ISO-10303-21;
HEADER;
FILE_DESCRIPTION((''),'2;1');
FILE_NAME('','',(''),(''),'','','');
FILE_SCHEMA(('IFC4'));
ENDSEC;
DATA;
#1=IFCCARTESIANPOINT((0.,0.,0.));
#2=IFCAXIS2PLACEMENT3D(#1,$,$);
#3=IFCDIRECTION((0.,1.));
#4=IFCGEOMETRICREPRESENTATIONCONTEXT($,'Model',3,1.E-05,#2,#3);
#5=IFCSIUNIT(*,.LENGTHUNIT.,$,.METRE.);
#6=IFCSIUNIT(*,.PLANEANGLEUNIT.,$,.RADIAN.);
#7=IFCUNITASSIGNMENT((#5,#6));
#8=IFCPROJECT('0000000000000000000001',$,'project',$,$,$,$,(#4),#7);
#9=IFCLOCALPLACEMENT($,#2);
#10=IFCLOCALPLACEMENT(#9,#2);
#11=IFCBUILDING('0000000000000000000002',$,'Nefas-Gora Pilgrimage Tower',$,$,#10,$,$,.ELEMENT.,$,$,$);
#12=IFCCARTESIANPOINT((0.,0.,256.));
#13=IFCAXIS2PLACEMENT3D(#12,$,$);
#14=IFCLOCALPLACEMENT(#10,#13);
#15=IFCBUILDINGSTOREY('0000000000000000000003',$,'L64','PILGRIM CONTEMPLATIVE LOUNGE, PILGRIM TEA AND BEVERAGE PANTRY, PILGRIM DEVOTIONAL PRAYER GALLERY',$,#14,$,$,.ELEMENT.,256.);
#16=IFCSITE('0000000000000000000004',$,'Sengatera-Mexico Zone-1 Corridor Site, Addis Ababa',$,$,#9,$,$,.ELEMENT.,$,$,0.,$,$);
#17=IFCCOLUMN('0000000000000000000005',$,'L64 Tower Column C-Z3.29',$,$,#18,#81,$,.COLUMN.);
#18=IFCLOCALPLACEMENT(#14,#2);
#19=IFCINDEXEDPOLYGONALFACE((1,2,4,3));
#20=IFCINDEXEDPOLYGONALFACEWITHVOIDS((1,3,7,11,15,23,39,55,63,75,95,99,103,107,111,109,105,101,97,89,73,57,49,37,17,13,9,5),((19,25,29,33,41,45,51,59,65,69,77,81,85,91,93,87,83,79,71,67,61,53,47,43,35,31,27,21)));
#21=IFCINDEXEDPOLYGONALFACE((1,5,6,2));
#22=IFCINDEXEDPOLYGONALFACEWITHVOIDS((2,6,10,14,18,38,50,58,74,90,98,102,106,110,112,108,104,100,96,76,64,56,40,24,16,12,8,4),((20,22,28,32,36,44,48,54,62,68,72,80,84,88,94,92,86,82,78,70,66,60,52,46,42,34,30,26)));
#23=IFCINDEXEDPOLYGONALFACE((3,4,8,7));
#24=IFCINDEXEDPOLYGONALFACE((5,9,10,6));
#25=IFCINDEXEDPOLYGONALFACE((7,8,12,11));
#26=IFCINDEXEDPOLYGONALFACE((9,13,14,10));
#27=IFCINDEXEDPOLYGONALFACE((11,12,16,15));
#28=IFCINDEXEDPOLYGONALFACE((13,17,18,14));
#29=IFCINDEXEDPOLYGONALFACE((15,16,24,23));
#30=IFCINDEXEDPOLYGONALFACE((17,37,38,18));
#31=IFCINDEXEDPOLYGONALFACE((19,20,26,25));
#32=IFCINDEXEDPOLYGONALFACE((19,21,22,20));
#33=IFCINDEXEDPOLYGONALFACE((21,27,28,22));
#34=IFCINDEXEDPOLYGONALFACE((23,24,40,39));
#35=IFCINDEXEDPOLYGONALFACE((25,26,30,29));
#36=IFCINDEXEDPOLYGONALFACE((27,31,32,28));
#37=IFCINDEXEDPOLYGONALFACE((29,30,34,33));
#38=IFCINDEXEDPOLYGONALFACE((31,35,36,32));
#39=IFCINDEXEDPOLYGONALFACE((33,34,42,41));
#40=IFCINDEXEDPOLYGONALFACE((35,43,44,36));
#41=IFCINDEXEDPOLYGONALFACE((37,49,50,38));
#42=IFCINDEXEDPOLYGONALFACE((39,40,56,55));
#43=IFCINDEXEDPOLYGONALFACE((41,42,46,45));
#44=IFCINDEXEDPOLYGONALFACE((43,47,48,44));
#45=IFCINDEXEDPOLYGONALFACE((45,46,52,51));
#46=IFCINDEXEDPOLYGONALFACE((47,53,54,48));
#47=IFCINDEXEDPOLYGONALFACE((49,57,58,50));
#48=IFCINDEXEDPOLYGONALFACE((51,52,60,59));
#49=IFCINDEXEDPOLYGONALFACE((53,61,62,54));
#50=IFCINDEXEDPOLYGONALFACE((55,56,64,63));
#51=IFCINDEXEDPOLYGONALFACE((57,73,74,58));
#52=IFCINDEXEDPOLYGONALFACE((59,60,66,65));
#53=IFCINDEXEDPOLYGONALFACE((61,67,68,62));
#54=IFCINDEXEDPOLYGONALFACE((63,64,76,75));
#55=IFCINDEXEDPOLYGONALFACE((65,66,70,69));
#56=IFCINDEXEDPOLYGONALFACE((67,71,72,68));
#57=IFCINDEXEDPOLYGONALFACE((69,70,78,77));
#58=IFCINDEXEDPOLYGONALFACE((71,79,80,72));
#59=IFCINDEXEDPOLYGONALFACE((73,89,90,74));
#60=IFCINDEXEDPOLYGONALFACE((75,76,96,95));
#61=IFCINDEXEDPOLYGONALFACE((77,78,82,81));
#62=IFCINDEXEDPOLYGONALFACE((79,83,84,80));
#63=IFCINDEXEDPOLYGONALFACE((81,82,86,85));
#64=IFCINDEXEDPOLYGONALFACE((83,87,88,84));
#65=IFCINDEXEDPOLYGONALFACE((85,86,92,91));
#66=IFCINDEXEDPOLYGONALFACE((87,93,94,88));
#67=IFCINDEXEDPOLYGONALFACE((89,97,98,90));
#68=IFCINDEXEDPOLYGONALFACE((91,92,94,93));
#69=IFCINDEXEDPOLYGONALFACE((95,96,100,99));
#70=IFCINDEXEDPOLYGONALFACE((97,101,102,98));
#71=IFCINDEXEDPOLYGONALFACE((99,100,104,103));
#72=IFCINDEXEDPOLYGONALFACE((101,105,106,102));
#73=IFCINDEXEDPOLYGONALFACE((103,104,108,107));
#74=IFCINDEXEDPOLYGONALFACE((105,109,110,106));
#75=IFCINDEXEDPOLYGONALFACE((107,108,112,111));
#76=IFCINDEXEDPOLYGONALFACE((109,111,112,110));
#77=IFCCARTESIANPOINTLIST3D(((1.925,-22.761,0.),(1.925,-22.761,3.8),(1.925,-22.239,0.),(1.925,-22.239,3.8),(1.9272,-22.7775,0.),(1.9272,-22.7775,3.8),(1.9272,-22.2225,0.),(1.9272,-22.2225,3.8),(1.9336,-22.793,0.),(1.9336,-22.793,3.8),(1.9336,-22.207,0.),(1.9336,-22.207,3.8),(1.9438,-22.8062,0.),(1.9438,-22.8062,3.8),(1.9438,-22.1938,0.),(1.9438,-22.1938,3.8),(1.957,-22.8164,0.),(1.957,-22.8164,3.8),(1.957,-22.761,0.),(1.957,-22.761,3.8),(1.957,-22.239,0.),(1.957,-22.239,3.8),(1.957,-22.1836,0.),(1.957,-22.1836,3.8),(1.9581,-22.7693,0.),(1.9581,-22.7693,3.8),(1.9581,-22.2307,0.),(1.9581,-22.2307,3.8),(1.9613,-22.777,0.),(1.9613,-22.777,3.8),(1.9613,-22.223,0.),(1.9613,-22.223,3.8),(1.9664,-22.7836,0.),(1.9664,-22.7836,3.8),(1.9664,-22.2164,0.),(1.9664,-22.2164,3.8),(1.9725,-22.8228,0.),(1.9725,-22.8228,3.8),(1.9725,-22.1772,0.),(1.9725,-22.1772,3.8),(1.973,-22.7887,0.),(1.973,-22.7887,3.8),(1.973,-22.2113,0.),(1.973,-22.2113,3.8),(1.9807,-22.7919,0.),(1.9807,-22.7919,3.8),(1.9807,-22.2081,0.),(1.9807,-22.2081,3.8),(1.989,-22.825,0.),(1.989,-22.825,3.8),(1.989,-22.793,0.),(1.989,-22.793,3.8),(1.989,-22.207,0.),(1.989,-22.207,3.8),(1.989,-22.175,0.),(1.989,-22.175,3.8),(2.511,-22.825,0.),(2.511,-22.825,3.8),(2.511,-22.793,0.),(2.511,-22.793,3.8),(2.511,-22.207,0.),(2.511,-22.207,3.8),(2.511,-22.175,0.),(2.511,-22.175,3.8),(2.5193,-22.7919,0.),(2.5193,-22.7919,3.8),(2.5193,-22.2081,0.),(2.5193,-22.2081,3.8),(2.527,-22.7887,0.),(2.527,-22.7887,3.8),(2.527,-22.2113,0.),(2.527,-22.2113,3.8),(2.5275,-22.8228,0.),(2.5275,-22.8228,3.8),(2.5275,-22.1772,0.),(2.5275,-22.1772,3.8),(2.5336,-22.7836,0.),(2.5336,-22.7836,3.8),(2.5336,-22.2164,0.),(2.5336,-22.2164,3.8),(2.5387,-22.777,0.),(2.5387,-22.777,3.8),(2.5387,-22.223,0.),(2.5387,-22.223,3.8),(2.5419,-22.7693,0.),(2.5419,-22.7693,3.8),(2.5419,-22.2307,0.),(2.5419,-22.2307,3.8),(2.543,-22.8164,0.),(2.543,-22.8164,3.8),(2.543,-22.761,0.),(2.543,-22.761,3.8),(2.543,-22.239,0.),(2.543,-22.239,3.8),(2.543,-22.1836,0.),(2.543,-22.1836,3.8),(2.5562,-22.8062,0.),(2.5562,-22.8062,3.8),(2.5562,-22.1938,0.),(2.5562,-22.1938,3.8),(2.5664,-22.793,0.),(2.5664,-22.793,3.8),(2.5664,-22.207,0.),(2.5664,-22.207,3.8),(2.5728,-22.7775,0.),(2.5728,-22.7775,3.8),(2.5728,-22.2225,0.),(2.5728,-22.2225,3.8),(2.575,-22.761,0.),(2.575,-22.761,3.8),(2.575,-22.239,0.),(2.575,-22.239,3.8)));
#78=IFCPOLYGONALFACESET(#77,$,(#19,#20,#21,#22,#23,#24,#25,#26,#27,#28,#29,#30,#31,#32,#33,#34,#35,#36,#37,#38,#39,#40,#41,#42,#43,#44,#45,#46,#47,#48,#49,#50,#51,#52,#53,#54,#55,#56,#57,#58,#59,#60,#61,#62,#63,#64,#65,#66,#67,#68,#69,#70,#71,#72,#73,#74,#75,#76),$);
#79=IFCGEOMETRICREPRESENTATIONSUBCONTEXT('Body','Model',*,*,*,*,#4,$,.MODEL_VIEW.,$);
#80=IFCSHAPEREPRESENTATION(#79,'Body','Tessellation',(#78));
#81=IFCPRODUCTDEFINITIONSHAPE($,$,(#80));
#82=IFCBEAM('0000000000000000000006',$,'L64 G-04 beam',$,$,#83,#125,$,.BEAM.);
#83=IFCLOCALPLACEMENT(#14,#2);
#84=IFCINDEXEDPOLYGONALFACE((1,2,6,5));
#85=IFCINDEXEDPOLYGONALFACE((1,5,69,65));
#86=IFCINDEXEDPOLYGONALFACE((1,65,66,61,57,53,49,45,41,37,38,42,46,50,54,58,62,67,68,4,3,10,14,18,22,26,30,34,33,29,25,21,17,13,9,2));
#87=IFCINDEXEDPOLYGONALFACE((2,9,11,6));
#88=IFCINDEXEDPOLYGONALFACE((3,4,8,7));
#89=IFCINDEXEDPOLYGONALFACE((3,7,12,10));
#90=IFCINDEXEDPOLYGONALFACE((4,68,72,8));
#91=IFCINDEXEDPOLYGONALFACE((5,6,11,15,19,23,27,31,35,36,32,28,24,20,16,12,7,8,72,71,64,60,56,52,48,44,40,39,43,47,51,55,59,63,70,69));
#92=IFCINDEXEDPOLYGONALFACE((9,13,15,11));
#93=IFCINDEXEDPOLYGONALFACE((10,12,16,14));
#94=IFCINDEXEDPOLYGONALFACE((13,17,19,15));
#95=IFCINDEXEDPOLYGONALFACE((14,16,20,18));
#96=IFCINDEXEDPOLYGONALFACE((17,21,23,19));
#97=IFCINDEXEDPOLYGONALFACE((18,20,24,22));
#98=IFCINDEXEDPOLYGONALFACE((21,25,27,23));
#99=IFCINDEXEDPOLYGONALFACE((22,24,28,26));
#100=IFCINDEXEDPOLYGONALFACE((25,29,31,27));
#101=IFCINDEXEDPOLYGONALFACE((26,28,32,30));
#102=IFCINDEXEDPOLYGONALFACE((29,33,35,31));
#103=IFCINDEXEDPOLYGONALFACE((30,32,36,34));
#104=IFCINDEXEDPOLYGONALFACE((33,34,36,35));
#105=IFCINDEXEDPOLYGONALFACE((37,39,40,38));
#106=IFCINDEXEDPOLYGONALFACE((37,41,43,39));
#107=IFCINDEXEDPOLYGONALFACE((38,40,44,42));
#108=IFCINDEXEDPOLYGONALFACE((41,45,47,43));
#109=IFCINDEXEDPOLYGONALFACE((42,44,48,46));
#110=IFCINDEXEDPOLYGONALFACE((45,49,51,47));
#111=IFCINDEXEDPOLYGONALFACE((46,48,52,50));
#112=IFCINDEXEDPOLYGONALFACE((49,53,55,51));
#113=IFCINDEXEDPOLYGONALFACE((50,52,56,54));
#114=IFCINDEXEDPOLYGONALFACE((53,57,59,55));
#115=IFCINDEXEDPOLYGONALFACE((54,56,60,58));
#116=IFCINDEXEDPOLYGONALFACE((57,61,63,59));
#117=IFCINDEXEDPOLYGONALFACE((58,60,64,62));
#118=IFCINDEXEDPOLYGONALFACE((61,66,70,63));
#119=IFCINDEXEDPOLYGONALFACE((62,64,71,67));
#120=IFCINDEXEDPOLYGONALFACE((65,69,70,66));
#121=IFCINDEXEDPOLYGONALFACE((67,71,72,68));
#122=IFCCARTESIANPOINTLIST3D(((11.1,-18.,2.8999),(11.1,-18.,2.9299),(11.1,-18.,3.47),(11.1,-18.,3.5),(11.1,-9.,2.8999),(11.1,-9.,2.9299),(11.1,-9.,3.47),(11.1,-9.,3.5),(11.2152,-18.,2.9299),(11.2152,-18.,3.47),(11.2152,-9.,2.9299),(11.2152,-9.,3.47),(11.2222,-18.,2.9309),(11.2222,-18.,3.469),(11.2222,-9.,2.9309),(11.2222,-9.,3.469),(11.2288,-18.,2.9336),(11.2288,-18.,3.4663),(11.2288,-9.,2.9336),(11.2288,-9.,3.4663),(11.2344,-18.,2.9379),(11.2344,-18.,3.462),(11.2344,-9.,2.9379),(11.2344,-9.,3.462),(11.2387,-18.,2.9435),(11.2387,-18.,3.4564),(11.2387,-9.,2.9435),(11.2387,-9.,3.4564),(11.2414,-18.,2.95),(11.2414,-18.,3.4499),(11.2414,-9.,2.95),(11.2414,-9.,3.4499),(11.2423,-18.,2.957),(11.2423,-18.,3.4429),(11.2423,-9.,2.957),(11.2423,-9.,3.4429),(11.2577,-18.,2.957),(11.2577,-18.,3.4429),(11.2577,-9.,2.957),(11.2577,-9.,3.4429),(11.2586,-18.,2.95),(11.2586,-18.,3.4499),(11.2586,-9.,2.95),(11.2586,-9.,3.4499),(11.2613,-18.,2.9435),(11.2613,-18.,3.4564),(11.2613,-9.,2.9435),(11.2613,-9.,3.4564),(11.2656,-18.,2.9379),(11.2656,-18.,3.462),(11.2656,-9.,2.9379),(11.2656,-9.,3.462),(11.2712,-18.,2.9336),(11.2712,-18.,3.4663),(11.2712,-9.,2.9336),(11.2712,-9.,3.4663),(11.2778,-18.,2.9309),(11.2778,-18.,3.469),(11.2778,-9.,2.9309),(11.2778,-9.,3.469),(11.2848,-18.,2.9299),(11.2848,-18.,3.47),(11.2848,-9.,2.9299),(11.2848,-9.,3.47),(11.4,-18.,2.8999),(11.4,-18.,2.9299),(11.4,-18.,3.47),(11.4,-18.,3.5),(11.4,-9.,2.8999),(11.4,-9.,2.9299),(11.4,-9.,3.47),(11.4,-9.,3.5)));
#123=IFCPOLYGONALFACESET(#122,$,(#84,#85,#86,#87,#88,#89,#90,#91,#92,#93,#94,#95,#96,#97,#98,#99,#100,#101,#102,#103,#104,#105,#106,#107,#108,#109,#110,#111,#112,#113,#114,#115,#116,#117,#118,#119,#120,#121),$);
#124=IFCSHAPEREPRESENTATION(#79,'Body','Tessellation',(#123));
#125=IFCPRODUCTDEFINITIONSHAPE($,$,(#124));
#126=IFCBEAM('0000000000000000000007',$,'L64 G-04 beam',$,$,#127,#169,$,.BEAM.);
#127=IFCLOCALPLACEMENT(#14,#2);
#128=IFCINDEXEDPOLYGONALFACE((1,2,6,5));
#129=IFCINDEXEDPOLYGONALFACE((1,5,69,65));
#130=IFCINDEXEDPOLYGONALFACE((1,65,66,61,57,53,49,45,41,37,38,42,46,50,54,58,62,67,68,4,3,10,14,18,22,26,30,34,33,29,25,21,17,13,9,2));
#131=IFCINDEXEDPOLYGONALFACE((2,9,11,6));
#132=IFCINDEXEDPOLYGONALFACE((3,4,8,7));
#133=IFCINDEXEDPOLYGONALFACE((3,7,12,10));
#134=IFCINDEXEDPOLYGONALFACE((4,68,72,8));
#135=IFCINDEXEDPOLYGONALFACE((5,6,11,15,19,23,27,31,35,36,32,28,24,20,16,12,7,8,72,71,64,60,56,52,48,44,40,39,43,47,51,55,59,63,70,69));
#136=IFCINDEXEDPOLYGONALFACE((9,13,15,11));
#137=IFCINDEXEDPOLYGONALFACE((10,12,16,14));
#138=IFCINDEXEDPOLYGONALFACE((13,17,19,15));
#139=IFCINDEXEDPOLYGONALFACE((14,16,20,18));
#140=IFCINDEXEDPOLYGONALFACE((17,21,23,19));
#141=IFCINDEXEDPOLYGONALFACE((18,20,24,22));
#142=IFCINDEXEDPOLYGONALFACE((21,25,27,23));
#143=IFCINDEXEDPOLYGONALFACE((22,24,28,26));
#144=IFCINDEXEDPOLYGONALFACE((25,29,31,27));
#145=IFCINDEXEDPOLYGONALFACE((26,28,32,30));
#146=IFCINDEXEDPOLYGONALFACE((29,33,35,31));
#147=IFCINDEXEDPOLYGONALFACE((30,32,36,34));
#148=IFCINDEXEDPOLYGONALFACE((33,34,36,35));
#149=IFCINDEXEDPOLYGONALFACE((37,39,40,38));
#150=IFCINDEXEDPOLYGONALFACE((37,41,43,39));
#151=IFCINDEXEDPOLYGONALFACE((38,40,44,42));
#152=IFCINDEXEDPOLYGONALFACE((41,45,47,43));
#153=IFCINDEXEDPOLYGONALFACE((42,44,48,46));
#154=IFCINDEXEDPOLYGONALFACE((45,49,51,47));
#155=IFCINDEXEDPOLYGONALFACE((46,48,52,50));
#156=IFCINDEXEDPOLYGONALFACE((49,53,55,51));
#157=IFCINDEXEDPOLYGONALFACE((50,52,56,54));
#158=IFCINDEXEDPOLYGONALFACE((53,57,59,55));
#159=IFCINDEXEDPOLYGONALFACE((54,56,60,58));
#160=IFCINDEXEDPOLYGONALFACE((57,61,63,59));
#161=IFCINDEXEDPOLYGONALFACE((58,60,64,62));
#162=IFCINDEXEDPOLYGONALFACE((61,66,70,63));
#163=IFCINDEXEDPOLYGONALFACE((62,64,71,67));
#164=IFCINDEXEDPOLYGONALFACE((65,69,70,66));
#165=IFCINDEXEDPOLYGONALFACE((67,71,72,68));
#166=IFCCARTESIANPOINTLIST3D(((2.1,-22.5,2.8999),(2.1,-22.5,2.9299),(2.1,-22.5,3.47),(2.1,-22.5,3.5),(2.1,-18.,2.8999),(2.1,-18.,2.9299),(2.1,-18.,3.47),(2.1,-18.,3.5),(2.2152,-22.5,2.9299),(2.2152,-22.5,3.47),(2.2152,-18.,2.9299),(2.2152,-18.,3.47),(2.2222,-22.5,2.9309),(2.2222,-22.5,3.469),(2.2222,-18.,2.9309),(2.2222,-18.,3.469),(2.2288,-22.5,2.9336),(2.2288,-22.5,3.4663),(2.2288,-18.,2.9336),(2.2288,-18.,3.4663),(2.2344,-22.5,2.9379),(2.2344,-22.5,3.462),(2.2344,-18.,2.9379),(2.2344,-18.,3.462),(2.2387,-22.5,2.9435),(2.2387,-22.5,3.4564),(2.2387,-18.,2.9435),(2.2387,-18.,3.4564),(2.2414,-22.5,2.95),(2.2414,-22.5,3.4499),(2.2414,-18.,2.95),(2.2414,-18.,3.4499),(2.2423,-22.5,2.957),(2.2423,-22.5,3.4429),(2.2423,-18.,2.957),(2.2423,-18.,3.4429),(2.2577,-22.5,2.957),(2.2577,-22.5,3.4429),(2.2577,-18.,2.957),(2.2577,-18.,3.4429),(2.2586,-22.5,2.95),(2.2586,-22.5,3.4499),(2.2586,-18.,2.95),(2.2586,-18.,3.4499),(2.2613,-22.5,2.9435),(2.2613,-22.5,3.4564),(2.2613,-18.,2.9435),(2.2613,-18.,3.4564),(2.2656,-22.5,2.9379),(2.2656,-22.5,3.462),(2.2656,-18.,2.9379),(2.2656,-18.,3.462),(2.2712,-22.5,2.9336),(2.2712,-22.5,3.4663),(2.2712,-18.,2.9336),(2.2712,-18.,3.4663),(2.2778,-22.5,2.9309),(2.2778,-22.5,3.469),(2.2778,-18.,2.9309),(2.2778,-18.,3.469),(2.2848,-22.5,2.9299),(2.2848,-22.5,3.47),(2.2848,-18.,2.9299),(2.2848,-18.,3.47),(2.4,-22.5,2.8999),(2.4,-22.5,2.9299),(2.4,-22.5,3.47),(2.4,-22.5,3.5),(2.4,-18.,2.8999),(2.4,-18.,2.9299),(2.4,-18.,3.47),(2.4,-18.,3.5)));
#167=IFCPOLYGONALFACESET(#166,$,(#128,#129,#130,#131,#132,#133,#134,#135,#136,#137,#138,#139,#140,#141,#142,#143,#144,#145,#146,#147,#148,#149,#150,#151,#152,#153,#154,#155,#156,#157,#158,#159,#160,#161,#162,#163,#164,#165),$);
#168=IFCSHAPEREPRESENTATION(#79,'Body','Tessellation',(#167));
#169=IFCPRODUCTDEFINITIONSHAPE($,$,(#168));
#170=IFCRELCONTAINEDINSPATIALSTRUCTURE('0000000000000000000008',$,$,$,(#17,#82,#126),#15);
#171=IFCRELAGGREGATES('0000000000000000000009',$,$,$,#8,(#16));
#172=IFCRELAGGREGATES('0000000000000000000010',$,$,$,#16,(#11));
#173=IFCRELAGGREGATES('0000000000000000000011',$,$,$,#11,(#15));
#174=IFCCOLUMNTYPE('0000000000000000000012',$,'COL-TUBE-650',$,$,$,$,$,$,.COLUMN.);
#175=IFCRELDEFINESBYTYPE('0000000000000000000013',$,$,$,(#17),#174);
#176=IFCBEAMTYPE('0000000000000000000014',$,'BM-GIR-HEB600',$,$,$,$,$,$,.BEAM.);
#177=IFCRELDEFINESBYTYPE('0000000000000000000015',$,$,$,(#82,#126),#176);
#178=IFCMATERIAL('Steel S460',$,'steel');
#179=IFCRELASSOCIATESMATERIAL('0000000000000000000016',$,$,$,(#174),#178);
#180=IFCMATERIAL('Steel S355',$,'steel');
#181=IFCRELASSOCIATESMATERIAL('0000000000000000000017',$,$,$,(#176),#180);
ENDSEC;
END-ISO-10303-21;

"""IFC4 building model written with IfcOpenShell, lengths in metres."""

from ifc_helpers import new_model, si_unit, direction, frame, origin, origin_2d, place, context, subcontext, project, spatial, hollow_rectangle, i_section, extrude, source, transform, mapped, material, material_profile, profile_set, type_object, element, save


model = new_model("IFC4")

# Units and contexts
model_context = context("Model", 3, precision=1e-05, world=origin(), true_north=direction((0.0, 1.0)))
body_context = subcontext(model_context, "Body", "Model", "MODEL_VIEW")
ifc_project = project(units=[si_unit("LENGTHUNIT", "METRE"), si_unit("PLANEANGLEUNIT", "RADIAN")], contexts=[model_context])

# Site, building, storey
site_placement = place(None, origin())
site = spatial("IfcSite", under=ifc_project, at=site_placement, Name="Sengatera-Mexico Zone-1 Corridor Site, Addis Ababa", CompositionType="ELEMENT", RefElevation=0.0)
building_placement = place(site_placement, origin())
building = spatial("IfcBuilding", under=site, at=building_placement, Name="Nefas-Gora Pilgrimage Tower", CompositionType="ELEMENT")
storey_placement = place(building_placement, frame((0.0, 0.0, 256.0)))
storey = spatial("IfcBuildingStorey", under=building, at=storey_placement, Name="L64", Description="PILGRIM CONTEMPLATIVE LOUNGE, PILGRIM TEA AND BEVERAGE PANTRY, PILGRIM DEVOTIONAL PRAYER GALLERY", CompositionType="ELEMENT", Elevation=256.0)

# Column
ifc_material_1 = material(Name="Steel S460", Category="steel")
ifc_material_profile_1 = material_profile(ifc_material_1, hollow_rectangle(XDim=0.6499, YDim=0.6499, WallThickness=0.032, InnerFilletRadius=0.032, OuterFilletRadius=0.064, at=origin_2d()), Name="BOX 650x650x32")
ifc_profile_set_1 = profile_set([ifc_material_profile_1], Name="Steel S460")
column_type_1 = type_object("IfcColumnType", Name="COL-TUBE-650", PredefinedType="COLUMN", material=ifc_profile_set_1)
shared_shape_1 = source(origin(), body_context, "Body", "SweptSolid", [
    extrude(hollow_rectangle(XDim=0.6499, YDim=0.6499, WallThickness=0.032, InnerFilletRadius=0.032, OuterFilletRadius=0.064, at=origin_2d()), origin(), (0.0, 0.0, 1.0), 3.8),
])
column_placement = place(storey_placement, frame((2.25, -22.5, 0.0), z_axis=(0.0, 0.0, 1.0), x_axis=(1.0, 0.0, 0.0)))
element("IfcColumn", 1, at=column_placement, inside=storey, type_object=column_type_1, Name="L64 Tower Column C-Z3.29", PredefinedType="COLUMN", context=body_context, shape_type="MappedRepresentation", body=[
    mapped(shared_shape_1, transform((0.0, 0.0, 0.0), x_axis=(1.0, 0.0, 0.0), y_axis=(0.0, 1.0, 0.0), z_axis=(0.0, 0.0, 1.0), scale=1.0)),
])

# Beams
ifc_material_2 = material(Name="Steel S355", Category="steel")
ifc_material_profile_2 = material_profile(ifc_material_2, i_section(OverallWidth=0.3, OverallDepth=0.6001, WebThickness=0.0154, FlangeThickness=0.03, FilletRadius=0.0271, at=origin_2d()), Name="HEB 600")
ifc_profile_set_2 = profile_set([ifc_material_profile_2], Name="Steel S355")
beam_type = type_object("IfcBeamType", Name="BM-GIR-HEB600", PredefinedType="BEAM", material=ifc_profile_set_2)
shared_shape_2 = source(origin(), body_context, "Body", "SweptSolid", [
    extrude(i_section(OverallWidth=0.3, OverallDepth=0.6001, WebThickness=0.0154, FlangeThickness=0.03, FilletRadius=0.0271, at=origin_2d()), origin(), (0.0, 0.0, 1.0), 9.0),
])
beam_placement = place(storey_placement, frame((11.25, -18.0, 3.2), z_axis=(0.0, 1.0, 0.0), x_axis=(-1.0, 0.0, 0.0)))
element("IfcBeam", 2, at=beam_placement, inside=storey, type_object=beam_type, Name="L64 G-04 beam", PredefinedType="BEAM", context=body_context, shape_type="MappedRepresentation", body=[
    mapped(shared_shape_2, transform((0.0, 0.0, 0.0), x_axis=(1.0, 0.0, 0.0), y_axis=(0.0, 1.0, 0.0), z_axis=(0.0, 0.0, 1.0), scale=1.0)),
])
shared_shape_3 = source(origin(), body_context, "Body", "SweptSolid", [
    extrude(i_section(OverallWidth=0.3, OverallDepth=0.6001, WebThickness=0.0154, FlangeThickness=0.03, FilletRadius=0.0271, at=origin_2d()), origin(), (0.0, 0.0, 1.0), 4.5),
])
for number, where, z_axis, x_axis, name in (
    (3, (2.25, -22.5, 3.2), (0.0, 1.0, 0.0), (-1.0, 0.0, 0.0), "L64 G-04 beam"),
):
    element("IfcBeam", number, at=place(storey_placement, frame(where, z_axis=z_axis, x_axis=x_axis)), inside=storey, type_object=beam_type, Name=name, PredefinedType="BEAM", context=body_context, shape_type="MappedRepresentation", body=[
        mapped(shared_shape_3, transform((0.0, 0.0, 0.0), x_axis=(1.0, 0.0, 0.0), y_axis=(0.0, 1.0, 0.0), z_axis=(0.0, 0.0, 1.0), scale=1.0)),
    ])

save(model, "model.ifc")
